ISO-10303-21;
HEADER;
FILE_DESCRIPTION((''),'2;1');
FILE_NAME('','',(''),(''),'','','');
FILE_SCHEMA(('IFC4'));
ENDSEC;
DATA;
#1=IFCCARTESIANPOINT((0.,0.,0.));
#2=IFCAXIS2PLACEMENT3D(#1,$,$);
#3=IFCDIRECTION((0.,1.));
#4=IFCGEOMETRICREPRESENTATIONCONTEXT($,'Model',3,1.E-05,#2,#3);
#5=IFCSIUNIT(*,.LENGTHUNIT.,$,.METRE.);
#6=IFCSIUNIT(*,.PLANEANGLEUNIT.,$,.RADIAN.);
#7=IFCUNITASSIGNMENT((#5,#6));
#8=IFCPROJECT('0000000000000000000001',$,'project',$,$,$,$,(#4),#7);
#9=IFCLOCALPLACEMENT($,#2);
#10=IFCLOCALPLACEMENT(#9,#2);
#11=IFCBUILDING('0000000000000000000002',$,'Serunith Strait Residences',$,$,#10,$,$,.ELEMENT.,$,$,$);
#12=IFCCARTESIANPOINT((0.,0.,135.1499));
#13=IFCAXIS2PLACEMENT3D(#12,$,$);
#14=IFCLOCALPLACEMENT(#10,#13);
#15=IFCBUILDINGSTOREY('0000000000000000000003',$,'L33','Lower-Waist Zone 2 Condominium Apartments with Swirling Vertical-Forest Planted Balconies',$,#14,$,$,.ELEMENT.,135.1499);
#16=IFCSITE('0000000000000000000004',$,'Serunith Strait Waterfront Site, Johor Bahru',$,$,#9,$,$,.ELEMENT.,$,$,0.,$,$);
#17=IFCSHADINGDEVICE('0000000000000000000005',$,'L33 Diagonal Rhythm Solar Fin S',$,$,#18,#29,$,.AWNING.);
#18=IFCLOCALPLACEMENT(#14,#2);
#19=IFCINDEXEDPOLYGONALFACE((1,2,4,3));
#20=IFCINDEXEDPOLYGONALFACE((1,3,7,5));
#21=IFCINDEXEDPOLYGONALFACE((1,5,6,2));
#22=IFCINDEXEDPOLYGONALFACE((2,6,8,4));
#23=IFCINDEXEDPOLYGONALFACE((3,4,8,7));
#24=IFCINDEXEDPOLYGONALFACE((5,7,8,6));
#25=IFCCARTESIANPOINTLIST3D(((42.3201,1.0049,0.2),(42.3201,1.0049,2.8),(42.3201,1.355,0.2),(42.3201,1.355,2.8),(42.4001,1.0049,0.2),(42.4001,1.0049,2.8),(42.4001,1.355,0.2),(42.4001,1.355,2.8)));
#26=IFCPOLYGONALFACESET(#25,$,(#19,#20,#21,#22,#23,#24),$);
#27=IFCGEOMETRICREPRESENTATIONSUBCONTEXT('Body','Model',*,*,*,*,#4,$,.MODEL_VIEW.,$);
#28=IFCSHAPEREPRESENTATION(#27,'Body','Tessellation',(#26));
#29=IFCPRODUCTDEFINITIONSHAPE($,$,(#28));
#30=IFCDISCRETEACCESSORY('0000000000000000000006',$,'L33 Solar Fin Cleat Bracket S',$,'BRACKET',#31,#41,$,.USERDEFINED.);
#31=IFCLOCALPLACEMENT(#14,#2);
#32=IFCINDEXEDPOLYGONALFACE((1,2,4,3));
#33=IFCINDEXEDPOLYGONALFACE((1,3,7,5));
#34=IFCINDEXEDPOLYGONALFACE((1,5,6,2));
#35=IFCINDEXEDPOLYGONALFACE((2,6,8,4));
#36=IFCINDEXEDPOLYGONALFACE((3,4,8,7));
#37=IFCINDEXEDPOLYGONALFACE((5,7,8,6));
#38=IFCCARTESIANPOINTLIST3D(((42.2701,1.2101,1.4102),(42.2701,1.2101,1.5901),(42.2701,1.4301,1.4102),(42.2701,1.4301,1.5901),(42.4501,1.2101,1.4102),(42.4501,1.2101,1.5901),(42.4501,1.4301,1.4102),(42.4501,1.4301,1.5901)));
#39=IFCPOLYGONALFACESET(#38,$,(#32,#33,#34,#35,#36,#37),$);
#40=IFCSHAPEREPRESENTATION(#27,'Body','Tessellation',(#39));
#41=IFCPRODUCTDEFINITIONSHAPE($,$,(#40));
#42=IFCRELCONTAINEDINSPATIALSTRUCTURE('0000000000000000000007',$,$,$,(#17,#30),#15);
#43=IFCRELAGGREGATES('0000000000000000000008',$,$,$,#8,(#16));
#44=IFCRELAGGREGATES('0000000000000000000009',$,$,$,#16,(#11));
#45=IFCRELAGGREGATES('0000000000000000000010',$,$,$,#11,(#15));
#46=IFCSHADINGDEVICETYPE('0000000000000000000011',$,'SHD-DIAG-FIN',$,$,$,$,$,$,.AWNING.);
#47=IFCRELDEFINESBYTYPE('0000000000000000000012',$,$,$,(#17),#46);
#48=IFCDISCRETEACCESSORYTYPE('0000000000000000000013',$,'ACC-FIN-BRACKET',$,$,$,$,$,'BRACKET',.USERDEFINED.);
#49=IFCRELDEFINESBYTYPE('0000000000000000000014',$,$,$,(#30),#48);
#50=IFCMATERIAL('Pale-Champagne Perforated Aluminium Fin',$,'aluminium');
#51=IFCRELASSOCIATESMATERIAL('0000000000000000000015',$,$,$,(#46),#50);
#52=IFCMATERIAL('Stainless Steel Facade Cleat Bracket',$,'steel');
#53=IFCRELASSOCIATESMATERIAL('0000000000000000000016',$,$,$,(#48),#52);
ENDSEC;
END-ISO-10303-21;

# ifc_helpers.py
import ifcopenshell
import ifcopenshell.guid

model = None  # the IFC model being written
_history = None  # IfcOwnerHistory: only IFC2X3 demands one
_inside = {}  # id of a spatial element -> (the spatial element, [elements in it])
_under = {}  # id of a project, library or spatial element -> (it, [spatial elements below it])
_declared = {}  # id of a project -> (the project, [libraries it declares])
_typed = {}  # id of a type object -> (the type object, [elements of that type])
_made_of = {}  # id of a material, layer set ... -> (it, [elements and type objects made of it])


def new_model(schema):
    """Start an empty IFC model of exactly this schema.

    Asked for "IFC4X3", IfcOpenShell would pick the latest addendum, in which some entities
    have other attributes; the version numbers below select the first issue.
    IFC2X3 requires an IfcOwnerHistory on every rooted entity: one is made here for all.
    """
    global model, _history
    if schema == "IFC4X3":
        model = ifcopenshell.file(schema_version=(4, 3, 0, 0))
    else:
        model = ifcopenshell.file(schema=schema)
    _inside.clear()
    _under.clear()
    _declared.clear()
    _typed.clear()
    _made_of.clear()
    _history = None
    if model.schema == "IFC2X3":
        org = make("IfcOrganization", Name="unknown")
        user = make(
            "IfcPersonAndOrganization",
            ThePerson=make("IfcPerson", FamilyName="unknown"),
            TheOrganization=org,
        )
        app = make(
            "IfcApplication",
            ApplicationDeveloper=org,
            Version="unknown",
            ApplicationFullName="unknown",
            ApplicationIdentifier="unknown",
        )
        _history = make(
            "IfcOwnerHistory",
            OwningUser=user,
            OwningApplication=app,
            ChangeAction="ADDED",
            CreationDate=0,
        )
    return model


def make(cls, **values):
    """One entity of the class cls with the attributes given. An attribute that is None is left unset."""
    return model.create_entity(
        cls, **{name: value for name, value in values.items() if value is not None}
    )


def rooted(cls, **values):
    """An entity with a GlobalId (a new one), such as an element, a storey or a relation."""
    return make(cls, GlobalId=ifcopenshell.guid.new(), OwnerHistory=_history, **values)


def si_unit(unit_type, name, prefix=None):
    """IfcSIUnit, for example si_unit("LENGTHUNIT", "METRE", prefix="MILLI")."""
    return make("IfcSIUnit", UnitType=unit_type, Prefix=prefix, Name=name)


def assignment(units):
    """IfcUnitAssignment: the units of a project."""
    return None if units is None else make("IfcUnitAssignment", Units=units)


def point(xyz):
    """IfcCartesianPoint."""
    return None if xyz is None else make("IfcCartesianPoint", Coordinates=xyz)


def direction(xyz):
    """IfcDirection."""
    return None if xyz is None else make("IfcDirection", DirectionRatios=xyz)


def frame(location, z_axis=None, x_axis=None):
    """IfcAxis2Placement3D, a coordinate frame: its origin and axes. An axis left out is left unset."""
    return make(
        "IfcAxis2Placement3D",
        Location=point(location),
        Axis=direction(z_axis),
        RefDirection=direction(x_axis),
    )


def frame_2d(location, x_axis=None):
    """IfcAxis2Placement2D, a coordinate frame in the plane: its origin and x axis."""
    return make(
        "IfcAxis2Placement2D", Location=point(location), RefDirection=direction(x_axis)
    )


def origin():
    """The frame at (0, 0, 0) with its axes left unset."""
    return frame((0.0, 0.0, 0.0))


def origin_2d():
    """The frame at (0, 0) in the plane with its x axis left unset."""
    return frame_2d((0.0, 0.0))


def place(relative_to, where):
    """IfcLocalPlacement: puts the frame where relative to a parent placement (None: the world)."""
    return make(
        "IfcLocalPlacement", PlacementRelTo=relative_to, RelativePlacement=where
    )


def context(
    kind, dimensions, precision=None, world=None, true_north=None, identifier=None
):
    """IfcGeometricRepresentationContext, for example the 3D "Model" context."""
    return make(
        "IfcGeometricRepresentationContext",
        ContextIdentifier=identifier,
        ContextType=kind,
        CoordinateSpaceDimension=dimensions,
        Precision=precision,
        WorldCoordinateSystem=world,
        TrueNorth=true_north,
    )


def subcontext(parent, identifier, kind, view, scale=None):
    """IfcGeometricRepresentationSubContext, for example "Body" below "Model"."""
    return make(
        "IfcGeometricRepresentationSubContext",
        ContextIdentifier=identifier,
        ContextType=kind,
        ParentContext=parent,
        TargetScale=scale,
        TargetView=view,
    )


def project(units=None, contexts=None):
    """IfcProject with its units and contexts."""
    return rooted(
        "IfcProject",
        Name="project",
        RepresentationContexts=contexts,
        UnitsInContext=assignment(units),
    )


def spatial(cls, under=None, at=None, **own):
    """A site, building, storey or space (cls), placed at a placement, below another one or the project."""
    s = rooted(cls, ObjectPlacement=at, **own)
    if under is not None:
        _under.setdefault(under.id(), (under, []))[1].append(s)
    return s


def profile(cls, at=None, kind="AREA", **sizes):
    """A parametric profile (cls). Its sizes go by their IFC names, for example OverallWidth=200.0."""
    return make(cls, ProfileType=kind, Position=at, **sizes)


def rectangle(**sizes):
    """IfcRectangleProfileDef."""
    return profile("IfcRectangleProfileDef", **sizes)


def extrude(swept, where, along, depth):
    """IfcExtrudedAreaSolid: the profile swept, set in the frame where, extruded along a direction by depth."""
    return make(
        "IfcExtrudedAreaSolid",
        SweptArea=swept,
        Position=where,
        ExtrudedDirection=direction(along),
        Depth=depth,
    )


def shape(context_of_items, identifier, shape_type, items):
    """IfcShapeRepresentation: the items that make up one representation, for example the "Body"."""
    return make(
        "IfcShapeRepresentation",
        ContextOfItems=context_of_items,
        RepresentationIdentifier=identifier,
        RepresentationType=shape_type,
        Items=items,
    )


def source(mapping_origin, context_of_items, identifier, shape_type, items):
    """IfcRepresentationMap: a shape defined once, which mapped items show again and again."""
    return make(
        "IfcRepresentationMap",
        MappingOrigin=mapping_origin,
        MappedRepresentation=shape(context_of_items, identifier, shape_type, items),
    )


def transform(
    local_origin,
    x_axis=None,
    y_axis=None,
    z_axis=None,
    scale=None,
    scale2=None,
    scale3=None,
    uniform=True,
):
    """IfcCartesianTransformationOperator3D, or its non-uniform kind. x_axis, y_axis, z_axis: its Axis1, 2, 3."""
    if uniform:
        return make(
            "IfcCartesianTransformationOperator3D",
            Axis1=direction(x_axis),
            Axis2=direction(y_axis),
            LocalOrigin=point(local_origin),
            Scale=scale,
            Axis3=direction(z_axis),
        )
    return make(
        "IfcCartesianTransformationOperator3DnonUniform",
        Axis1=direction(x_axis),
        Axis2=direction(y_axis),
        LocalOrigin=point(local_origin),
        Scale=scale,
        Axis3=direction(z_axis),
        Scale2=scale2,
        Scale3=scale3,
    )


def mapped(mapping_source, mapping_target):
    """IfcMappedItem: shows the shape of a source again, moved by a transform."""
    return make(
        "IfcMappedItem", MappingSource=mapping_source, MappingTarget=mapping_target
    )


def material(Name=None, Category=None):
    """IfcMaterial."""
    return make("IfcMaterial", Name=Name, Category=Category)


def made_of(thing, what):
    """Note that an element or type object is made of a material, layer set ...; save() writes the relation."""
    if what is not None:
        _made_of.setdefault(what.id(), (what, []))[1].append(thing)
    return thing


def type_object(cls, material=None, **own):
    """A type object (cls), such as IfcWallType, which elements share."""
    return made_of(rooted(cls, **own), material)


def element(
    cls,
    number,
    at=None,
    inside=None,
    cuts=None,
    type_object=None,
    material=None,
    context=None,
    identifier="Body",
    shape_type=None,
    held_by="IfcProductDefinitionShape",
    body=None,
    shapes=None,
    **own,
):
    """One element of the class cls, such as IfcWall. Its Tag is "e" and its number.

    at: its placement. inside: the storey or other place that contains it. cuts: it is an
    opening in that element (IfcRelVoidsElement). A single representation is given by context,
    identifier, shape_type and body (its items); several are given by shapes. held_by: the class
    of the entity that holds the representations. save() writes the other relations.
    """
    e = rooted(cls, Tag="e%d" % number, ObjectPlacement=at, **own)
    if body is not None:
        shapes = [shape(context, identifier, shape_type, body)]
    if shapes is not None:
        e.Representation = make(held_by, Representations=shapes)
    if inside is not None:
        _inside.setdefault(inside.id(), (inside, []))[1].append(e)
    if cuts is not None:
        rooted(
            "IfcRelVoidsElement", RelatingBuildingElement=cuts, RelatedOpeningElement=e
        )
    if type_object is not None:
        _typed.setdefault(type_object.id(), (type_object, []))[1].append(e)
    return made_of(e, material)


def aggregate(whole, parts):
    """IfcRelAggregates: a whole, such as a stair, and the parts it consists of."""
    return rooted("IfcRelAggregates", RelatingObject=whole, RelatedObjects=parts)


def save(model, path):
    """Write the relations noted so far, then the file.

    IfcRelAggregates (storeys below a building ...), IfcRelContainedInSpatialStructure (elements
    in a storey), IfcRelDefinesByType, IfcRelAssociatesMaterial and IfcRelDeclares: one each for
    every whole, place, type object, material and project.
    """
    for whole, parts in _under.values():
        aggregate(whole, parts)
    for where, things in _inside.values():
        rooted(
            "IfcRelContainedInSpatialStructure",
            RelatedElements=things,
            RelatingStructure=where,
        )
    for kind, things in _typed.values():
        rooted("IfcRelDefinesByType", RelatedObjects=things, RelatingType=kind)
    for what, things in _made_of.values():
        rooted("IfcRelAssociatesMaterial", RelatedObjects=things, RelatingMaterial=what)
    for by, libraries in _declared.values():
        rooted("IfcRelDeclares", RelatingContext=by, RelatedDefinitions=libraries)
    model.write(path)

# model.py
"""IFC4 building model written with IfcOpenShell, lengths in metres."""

from ifc_helpers import new_model, si_unit, direction, frame, origin, origin_2d, place, context, subcontext, project, spatial, rectangle, extrude, source, transform, mapped, material, type_object, element, save


model = new_model("IFC4")

# Units and contexts
model_context = context("Model", 3, precision=1e-05, world=origin(), true_north=direction((0.0, 1.0)))
body_context = subcontext(model_context, "Body", "Model", "MODEL_VIEW")
ifc_project = project(units=[si_unit("LENGTHUNIT", "METRE"), si_unit("PLANEANGLEUNIT", "RADIAN")], contexts=[model_context])

# Site, building, storey
site_placement = place(None, origin())
site = spatial("IfcSite", under=ifc_project, at=site_placement, Name="Serunith Strait Waterfront Site, Johor Bahru", CompositionType="ELEMENT", RefElevation=0.0)
building_placement = place(site_placement, origin())
building = spatial("IfcBuilding", under=site, at=building_placement, Name="Serunith Strait Residences", CompositionType="ELEMENT")
storey_placement = place(building_placement, frame((0.0, 0.0, 135.1499)))
storey = spatial("IfcBuildingStorey", under=building, at=storey_placement, Name="L33", Description="Lower-Waist Zone 2 Condominium Apartments with Swirling Vertical-Forest Planted Balconies", CompositionType="ELEMENT", Elevation=135.1499)

# Shading device
ifc_material_1 = material(Name="Pale-Champagne Perforated Aluminium Fin", Category="aluminium")
shading_device_type = type_object("IfcShadingDeviceType", Name="SHD-DIAG-FIN", PredefinedType="AWNING", material=ifc_material_1)
shared_shape_1 = source(origin(), body_context, "Body", "SweptSolid", [
    extrude(rectangle(XDim=0.0801, YDim=0.3501, at=origin_2d()), origin(), (0.0, 0.0, 1.0), 2.6001),
])
shading_device_placement = place(storey_placement, frame((42.3601, 1.1799, 0.2), z_axis=(0.0, 0.0, 1.0), x_axis=(1.0, 0.0, 0.0)))
element("IfcShadingDevice", 1, at=shading_device_placement, inside=storey, type_object=shading_device_type, Name="L33 Diagonal Rhythm Solar Fin S", PredefinedType="AWNING", context=body_context, shape_type="MappedRepresentation", body=[
    mapped(shared_shape_1, transform((0.0, 0.0, 0.0), scale=1.0)),
])

# Discrete accessory
ifc_material_2 = material(Name="Stainless Steel Facade Cleat Bracket", Category="steel")
discrete_accessory_type = type_object("IfcDiscreteAccessoryType", Name="ACC-FIN-BRACKET", ElementType="BRACKET", PredefinedType="USERDEFINED", material=ifc_material_2)
shared_shape_2 = source(origin(), body_context, "Body", "SweptSolid", [
    extrude(rectangle(XDim=0.1799, YDim=0.22, at=origin_2d()), origin(), (0.0, 0.0, 1.0), 0.1799),
])
discrete_accessory_placement = place(storey_placement, frame((42.3601, 1.3201, 1.4102), z_axis=(0.0, 0.0, 1.0), x_axis=(1.0, 0.0, 0.0)))
element("IfcDiscreteAccessory", 2, at=discrete_accessory_placement, inside=storey, type_object=discrete_accessory_type, Name="L33 Solar Fin Cleat Bracket S", ObjectType="BRACKET", PredefinedType="USERDEFINED", context=body_context, shape_type="MappedRepresentation", body=[
    mapped(shared_shape_2, transform((0.0, 0.0, 0.0), scale=1.0)),
])

save(model, "model.ifc")
